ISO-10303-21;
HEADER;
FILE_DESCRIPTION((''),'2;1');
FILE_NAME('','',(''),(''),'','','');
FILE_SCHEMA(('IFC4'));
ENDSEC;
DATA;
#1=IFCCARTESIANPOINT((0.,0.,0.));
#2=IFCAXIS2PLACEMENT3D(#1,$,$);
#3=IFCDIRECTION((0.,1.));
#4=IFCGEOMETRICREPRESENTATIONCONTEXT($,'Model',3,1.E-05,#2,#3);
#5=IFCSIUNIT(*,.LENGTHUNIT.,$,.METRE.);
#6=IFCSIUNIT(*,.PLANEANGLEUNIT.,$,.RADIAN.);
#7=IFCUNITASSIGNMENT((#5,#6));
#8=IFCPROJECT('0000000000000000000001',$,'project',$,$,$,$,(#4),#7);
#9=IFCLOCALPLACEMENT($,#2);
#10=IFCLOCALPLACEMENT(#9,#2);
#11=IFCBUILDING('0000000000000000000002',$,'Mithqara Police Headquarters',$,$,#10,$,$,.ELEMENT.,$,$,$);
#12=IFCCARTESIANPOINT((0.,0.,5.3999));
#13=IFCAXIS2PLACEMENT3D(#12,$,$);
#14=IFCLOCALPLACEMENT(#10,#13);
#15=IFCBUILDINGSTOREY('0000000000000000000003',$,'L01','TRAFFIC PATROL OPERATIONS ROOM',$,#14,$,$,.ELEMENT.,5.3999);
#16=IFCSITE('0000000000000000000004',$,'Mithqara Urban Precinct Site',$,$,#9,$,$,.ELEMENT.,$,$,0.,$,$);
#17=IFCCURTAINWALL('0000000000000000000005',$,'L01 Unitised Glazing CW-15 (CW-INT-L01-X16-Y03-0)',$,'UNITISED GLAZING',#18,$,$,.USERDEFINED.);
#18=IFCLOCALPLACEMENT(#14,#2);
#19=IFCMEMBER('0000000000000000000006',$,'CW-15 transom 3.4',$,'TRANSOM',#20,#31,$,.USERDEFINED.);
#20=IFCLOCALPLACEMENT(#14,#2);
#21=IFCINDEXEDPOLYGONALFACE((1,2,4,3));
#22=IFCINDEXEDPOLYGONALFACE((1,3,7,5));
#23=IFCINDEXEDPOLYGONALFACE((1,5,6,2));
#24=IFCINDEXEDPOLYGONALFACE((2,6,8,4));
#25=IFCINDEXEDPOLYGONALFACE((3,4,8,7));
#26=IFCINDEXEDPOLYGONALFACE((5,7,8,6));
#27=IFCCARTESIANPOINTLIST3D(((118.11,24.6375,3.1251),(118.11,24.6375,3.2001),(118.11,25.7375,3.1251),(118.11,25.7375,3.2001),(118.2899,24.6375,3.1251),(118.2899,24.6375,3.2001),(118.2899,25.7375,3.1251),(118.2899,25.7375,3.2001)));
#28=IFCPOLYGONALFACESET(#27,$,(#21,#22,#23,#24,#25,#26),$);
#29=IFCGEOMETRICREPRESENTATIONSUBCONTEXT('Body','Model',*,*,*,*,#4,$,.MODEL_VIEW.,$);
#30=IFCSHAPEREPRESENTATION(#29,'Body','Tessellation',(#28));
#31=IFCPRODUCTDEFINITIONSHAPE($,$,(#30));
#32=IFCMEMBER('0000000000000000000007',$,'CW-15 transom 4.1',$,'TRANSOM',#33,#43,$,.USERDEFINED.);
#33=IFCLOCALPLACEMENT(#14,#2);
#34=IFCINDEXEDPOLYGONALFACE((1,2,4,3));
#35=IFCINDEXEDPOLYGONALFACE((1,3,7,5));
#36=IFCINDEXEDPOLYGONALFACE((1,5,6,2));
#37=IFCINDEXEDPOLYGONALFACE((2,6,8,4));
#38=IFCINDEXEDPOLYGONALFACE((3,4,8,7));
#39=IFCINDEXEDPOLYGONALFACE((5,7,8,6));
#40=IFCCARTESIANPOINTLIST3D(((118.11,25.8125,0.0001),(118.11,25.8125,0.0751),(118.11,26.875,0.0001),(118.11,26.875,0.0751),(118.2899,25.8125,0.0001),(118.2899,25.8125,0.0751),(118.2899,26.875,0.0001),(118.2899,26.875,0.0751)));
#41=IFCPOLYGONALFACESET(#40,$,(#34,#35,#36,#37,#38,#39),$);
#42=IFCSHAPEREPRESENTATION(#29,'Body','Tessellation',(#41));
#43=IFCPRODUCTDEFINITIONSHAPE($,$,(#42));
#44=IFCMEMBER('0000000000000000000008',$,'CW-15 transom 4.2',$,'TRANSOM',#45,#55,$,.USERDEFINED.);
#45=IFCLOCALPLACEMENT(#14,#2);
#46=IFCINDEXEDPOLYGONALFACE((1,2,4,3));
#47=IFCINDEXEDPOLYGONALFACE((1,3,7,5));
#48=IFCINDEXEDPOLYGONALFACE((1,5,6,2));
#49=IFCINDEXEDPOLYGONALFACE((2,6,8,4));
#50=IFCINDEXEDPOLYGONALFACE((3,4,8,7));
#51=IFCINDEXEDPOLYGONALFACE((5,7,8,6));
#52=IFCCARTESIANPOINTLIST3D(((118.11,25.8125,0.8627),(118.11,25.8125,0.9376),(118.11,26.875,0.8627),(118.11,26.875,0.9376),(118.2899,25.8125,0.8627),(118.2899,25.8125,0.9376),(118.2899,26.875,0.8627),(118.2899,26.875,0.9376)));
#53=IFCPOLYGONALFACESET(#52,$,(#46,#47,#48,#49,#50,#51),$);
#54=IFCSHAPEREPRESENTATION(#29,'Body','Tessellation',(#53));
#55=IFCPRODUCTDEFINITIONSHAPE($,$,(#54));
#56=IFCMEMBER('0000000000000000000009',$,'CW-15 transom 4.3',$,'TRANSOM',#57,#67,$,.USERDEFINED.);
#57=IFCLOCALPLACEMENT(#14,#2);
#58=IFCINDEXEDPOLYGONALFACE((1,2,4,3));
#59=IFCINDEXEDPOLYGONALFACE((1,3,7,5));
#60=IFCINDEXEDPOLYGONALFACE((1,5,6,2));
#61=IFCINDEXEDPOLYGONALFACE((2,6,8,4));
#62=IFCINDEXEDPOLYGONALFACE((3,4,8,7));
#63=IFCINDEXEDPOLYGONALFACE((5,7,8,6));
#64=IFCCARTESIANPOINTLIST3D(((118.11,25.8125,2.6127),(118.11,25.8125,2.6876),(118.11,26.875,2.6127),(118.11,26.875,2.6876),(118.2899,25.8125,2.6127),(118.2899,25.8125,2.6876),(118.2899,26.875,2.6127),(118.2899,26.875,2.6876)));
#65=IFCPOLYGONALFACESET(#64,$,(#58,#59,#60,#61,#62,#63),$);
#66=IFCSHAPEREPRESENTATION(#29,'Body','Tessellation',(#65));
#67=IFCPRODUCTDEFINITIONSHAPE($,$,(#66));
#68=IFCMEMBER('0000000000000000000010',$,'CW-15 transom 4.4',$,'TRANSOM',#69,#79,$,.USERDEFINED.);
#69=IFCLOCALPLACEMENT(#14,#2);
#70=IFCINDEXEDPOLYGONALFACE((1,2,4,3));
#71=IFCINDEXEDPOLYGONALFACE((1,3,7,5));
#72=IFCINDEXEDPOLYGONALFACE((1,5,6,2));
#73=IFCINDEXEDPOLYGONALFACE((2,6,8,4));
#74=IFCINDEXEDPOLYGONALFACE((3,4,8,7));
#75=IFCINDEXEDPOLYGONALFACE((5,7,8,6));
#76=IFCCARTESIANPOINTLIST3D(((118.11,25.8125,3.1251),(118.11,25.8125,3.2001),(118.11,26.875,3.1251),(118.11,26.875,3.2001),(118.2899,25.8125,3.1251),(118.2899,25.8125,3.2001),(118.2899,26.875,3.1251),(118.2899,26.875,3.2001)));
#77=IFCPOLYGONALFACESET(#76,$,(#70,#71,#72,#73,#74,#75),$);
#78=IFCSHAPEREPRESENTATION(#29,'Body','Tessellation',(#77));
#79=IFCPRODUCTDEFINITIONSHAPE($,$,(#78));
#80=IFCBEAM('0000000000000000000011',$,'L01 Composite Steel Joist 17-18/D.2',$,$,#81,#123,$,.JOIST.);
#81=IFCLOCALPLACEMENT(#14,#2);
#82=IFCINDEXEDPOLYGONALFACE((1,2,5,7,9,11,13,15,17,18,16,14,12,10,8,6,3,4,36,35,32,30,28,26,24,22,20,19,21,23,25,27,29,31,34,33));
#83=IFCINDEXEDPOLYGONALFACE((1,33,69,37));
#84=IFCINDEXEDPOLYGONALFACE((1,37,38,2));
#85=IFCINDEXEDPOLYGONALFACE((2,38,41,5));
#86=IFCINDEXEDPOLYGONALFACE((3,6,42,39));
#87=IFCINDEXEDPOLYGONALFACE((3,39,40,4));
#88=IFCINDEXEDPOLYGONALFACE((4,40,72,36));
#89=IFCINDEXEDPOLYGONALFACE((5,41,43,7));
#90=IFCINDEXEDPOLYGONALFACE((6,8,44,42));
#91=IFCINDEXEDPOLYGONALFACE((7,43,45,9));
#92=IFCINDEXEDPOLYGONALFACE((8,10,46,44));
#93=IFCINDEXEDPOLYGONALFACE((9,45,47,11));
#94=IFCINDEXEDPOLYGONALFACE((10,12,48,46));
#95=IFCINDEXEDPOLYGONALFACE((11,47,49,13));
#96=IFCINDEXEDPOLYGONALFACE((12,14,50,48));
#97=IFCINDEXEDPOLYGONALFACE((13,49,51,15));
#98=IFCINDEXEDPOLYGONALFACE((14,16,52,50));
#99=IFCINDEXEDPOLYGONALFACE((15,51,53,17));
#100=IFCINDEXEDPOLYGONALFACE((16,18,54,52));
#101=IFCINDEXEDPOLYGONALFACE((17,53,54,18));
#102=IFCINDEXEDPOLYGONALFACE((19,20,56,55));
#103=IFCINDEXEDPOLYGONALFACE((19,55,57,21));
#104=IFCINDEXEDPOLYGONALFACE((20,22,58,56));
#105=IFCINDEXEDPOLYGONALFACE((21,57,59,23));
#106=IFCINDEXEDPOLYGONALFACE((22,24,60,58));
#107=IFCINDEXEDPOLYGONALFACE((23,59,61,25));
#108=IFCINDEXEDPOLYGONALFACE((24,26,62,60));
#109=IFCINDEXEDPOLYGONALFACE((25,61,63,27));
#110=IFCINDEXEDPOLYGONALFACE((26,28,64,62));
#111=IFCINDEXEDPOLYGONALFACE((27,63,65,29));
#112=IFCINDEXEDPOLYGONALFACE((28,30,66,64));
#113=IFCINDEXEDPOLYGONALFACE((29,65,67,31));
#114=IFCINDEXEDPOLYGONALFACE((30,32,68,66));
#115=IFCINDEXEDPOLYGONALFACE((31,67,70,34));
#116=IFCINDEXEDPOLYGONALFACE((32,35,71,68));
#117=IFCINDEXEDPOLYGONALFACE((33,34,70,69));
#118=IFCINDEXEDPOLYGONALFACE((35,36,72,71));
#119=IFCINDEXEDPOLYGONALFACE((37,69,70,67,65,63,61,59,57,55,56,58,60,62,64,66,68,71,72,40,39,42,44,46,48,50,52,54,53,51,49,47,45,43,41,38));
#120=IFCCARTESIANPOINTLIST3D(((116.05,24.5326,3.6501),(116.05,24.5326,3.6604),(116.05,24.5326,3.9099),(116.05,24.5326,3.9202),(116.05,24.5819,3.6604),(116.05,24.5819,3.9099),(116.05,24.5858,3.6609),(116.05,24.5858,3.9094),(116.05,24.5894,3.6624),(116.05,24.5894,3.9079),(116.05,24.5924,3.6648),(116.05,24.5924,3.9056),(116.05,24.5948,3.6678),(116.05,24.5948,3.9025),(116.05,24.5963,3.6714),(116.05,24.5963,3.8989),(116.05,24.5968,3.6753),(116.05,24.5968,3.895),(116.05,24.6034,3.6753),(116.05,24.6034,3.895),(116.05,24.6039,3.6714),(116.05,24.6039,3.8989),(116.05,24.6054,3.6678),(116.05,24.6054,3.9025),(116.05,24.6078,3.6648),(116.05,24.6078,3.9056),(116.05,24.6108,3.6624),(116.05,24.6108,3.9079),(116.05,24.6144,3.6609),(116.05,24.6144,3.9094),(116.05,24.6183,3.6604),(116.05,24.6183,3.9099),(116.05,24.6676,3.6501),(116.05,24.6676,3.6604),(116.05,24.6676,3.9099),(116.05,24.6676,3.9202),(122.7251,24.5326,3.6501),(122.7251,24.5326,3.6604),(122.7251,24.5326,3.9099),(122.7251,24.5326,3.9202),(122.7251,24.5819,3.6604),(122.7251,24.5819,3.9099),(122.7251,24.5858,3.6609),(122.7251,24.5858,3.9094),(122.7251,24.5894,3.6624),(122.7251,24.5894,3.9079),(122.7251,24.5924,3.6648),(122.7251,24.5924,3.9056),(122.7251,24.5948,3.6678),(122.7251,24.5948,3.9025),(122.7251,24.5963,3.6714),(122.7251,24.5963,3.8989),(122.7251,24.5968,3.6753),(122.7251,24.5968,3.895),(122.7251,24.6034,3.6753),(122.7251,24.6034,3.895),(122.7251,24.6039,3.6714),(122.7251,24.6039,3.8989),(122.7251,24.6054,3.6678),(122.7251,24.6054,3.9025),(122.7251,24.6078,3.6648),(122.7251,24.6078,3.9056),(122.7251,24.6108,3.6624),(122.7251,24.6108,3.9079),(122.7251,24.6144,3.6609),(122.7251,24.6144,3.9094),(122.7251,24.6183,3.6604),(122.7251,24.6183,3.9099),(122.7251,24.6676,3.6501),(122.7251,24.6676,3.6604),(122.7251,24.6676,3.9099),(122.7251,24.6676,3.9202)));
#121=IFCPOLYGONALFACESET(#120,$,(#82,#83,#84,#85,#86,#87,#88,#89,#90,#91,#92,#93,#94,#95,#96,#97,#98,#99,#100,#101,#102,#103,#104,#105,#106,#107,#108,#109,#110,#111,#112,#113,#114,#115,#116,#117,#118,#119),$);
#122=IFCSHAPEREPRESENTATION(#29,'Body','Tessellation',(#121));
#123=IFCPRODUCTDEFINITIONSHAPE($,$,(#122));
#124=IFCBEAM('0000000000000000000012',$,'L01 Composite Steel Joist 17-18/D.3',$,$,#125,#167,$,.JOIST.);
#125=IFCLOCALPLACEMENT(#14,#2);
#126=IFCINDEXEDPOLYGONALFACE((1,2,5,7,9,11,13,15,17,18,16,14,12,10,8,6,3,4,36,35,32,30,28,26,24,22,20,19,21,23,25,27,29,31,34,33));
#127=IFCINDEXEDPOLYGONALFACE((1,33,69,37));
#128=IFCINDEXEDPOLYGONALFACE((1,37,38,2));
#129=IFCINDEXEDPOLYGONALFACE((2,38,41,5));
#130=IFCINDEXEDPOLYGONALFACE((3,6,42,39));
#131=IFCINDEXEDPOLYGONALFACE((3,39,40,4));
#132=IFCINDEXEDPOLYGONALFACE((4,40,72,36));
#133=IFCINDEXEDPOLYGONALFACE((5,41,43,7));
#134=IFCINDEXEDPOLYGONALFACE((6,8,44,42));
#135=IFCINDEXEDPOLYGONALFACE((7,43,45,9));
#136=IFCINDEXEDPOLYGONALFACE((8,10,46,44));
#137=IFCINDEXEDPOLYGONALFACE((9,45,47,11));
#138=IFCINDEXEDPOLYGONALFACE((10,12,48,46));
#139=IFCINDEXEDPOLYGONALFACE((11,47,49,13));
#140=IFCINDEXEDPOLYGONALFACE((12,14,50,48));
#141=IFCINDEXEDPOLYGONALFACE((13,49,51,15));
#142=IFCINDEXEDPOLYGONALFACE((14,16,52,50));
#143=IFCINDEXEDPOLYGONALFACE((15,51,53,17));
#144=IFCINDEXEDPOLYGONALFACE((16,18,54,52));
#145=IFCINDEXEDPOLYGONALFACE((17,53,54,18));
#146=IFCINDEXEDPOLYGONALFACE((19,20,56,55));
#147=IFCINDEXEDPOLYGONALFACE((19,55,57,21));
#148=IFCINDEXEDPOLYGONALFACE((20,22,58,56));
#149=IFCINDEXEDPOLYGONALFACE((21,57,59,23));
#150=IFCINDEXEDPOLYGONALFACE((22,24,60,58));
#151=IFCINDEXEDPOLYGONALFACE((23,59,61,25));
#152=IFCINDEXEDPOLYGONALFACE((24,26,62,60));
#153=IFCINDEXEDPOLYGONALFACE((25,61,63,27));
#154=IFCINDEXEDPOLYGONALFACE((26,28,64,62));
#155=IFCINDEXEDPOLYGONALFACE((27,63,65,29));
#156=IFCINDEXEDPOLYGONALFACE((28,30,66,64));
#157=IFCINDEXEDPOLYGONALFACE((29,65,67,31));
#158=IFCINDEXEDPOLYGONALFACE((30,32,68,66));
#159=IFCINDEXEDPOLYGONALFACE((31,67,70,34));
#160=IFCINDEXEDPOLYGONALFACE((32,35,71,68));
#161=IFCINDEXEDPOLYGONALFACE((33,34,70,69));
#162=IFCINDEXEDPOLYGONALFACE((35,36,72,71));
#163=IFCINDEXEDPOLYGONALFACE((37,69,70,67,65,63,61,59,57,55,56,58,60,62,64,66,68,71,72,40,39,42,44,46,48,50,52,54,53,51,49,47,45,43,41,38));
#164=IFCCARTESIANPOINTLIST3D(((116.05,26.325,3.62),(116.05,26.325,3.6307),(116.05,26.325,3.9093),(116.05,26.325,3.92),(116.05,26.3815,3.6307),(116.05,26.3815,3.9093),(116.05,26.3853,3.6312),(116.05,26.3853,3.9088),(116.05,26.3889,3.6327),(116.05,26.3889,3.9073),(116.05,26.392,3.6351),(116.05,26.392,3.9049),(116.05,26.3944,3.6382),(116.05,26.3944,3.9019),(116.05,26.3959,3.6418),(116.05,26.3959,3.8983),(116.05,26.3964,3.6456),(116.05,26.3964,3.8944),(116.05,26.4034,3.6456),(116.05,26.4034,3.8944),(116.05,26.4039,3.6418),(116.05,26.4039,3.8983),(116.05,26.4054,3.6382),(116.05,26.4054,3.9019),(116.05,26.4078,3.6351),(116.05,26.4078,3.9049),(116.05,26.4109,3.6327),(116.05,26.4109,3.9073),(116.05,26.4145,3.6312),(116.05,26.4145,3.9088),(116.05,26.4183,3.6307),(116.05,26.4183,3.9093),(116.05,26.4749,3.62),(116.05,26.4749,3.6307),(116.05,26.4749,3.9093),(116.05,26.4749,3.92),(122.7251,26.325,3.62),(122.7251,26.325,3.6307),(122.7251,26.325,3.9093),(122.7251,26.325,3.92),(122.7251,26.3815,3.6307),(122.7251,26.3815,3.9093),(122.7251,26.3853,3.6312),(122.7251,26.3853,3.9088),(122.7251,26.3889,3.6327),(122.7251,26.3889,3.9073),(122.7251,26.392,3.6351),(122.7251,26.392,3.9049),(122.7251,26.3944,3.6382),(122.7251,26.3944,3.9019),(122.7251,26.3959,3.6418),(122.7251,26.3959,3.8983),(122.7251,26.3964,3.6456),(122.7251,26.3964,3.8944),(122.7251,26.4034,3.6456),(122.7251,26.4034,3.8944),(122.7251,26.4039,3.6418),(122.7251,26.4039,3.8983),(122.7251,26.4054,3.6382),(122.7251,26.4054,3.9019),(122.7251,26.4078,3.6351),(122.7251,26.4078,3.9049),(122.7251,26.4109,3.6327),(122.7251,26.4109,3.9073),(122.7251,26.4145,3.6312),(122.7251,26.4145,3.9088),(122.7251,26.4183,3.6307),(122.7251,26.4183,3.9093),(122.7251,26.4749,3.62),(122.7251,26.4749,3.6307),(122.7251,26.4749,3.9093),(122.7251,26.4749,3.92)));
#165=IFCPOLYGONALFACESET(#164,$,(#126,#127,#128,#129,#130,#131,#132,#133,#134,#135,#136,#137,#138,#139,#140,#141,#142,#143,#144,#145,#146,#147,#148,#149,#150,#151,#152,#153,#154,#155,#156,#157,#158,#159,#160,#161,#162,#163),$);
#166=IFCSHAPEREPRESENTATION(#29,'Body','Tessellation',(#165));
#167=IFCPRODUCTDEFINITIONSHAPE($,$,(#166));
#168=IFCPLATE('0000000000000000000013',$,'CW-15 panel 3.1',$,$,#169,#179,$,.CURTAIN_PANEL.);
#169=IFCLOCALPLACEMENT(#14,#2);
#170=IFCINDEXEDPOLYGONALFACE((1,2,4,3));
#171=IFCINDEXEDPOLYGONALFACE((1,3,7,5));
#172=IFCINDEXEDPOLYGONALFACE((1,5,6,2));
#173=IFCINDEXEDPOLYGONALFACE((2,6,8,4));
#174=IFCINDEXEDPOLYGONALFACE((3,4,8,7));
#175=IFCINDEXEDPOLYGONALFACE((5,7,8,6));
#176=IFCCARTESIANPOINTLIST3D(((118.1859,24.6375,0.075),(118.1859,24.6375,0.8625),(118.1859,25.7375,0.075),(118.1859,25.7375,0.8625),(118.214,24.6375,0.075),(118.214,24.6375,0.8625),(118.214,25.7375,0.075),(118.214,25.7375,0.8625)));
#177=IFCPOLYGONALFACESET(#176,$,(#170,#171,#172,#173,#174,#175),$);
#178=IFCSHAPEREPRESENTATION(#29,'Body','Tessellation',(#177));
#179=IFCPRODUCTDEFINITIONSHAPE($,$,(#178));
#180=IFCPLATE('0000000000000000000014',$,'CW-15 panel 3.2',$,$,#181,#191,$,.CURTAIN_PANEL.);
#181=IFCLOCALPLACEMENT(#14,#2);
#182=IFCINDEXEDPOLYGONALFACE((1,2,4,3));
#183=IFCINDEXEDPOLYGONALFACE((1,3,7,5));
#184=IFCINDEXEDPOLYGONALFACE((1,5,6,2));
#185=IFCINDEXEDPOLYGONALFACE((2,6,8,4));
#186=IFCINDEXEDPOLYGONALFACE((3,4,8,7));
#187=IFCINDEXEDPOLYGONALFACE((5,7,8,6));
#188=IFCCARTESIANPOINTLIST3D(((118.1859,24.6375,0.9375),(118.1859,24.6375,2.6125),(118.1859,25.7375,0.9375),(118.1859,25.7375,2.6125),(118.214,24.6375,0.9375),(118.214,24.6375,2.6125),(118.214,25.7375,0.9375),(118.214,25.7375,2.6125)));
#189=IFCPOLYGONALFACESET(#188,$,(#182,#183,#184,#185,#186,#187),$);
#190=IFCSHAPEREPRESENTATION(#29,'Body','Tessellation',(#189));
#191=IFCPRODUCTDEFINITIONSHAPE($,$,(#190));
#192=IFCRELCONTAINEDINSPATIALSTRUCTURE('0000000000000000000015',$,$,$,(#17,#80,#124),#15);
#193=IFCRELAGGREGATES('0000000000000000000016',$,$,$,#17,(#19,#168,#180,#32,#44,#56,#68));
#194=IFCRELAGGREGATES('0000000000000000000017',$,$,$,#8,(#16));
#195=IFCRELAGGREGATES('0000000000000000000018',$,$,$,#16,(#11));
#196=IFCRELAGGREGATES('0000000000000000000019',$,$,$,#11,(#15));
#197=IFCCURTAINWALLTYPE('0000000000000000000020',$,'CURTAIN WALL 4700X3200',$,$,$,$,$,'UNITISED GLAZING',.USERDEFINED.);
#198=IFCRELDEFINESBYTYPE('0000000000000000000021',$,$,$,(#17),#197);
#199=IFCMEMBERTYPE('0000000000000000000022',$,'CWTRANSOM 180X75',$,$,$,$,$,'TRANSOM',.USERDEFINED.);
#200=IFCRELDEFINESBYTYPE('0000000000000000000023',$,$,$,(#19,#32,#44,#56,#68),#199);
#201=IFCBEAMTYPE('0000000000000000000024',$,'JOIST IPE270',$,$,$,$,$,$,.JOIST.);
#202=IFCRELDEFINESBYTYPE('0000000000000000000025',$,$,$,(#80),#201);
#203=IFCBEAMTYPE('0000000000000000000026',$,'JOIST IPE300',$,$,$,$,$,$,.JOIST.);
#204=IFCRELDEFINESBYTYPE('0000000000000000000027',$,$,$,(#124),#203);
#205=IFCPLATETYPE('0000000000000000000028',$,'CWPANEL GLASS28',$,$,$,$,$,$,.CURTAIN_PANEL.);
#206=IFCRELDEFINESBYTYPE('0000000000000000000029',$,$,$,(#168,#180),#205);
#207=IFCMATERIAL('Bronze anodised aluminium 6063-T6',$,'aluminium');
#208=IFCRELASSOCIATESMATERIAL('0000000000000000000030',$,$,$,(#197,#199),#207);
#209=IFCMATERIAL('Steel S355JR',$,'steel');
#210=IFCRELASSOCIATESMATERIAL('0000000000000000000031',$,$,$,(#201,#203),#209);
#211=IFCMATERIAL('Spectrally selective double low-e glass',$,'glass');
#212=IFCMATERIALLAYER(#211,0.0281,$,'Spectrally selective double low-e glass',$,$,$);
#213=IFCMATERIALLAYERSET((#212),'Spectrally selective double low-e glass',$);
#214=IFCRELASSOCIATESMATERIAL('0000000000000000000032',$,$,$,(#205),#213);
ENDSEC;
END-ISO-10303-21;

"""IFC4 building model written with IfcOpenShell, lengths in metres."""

from ifc_helpers import new_model, si_unit, direction, frame, origin, origin_2d, place, context, subcontext, project, spatial, rectangle, i_section, extrude, material, layer, layer_set, material_profile, profile_set, type_object, element, aggregate, save


model = new_model("IFC4")

# Units and contexts
model_context = context("Model", 3, precision=1e-05, world=origin(), true_north=direction((0.0, 1.0)))
body_context = subcontext(model_context, "Body", "Model", "MODEL_VIEW")
ifc_project = project(units=[si_unit("LENGTHUNIT", "METRE"), si_unit("PLANEANGLEUNIT", "RADIAN")], contexts=[model_context])

# Site, building, storey
site_placement = place(None, origin())
site = spatial("IfcSite", under=ifc_project, at=site_placement, Name="Mithqara Urban Precinct Site", CompositionType="ELEMENT", RefElevation=0.0)
building_placement = place(site_placement, origin())
building = spatial("IfcBuilding", under=site, at=building_placement, Name="Mithqara Police Headquarters", CompositionType="ELEMENT")
storey_placement = place(building_placement, frame((0.0, 0.0, 5.3999)))
storey = spatial("IfcBuildingStorey", under=building, at=storey_placement, Name="L01", Description="TRAFFIC PATROL OPERATIONS ROOM", CompositionType="ELEMENT", Elevation=5.3999)

# Shared definitions
ifc_material_1 = material(Name="Steel S355JR", Category="steel")

# Curtain wall, members
ifc_material_2 = material(Name="Bronze anodised aluminium 6063-T6", Category="aluminium")
curtain_wall_type = type_object("IfcCurtainWallType", Name="CURTAIN WALL 4700X3200", ElementType="UNITISED GLAZING", PredefinedType="USERDEFINED", material=ifc_material_2)
curtain_wall_placement = place(storey_placement, origin())
curtain_wall = element("IfcCurtainWall", 1, at=curtain_wall_placement, inside=storey, type_object=curtain_wall_type, Name="L01 Unitised Glazing CW-15 (CW-INT-L01-X16-Y03-0)", ObjectType="UNITISED GLAZING", PredefinedType="USERDEFINED")
ifc_material_profile_1 = material_profile(ifc_material_2, rectangle(XDim=0.1799, YDim=0.075, at=origin_2d()), Name="CWT 180x75")
ifc_profile_set_1 = profile_set([ifc_material_profile_1], Name="Bronze anodised aluminium 6063-T6")
member_type_1 = type_object("IfcMemberType", Name="CWTRANSOM 180X75", ElementType="TRANSOM", PredefinedType="USERDEFINED", material=ifc_profile_set_1)
member_1_placement = place(storey_placement, frame((118.2, 24.6375, 3.1626), z_axis=(0.0, 1.0, 0.0), x_axis=(-1.0, 0.0, 0.0)))
member_1 = element("IfcMember", 2, at=member_1_placement, type_object=member_type_1, Name="CW-15 transom 3.4", ObjectType="TRANSOM", PredefinedType="USERDEFINED", context=body_context, shape_type="SweptSolid", body=[
    extrude(rectangle(XDim=0.1799, YDim=0.075, at=origin_2d()), origin(), (0.0, 0.0, 1.0), 1.1001),
])
member_2_placement = place(storey_placement, frame((118.2, 25.8125, 0.0376), z_axis=(0.0, 1.0, 0.0), x_axis=(-1.0, 0.0, 0.0)))
member_2 = element("IfcMember", 3, at=member_2_placement, type_object=member_type_1, Name="CW-15 transom 4.1", ObjectType="TRANSOM", PredefinedType="USERDEFINED", context=body_context, shape_type="SweptSolid", body=[
    extrude(rectangle(XDim=0.1799, YDim=0.075, at=origin_2d()), origin(), (0.0, 0.0, 1.0), 1.0625),
])
member_3_placement = place(storey_placement, frame((118.2, 25.8125, 0.9001), z_axis=(0.0, 1.0, 0.0), x_axis=(-1.0, 0.0, 0.0)))
member_3 = element("IfcMember", 4, at=member_3_placement, type_object=member_type_1, Name="CW-15 transom 4.2", ObjectType="TRANSOM", PredefinedType="USERDEFINED", context=body_context, shape_type="SweptSolid", body=[
    extrude(rectangle(XDim=0.1799, YDim=0.075, at=origin_2d()), origin(), (0.0, 0.0, 1.0), 1.0625),
])
member_4_placement = place(storey_placement, frame((118.2, 25.8125, 2.6501), z_axis=(0.0, 1.0, 0.0), x_axis=(-1.0, 0.0, 0.0)))
member_4 = element("IfcMember", 5, at=member_4_placement, type_object=member_type_1, Name="CW-15 transom 4.3", ObjectType="TRANSOM", PredefinedType="USERDEFINED", context=body_context, shape_type="SweptSolid", body=[
    extrude(rectangle(XDim=0.1799, YDim=0.075, at=origin_2d()), origin(), (0.0, 0.0, 1.0), 1.0625),
])
member_5_placement = place(storey_placement, frame((118.2, 25.8125, 3.1626), z_axis=(0.0, 1.0, 0.0), x_axis=(-1.0, 0.0, 0.0)))
member_5 = element("IfcMember", 6, at=member_5_placement, type_object=member_type_1, Name="CW-15 transom 4.4", ObjectType="TRANSOM", PredefinedType="USERDEFINED", context=body_context, shape_type="SweptSolid", body=[
    extrude(rectangle(XDim=0.1799, YDim=0.075, at=origin_2d()), origin(), (0.0, 0.0, 1.0), 1.0625),
])

# Beams
ifc_material_profile_2 = material_profile(ifc_material_1, i_section(OverallWidth=0.135, OverallDepth=0.27, WebThickness=0.0066, FlangeThickness=0.0103, FilletRadius=0.0149, at=origin_2d()), Name="IPE 270")
ifc_profile_set_2 = profile_set([ifc_material_profile_2], Name="Steel S355JR")
beam_type_1 = type_object("IfcBeamType", Name="JOIST IPE270", PredefinedType="JOIST", material=ifc_profile_set_2)
beam_1_placement = place(storey_placement, frame((116.05, 24.6001, 3.7852), z_axis=(1.0, 0.0, 0.0), x_axis=(0.0, 1.0, 0.0)))
element("IfcBeam", 7, at=beam_1_placement, inside=storey, type_object=beam_type_1, Name="L01 Composite Steel Joist 17-18/D.2", PredefinedType="JOIST", context=body_context, shape_type="SweptSolid", body=[
    extrude(i_section(OverallWidth=0.135, OverallDepth=0.27, WebThickness=0.0066, FlangeThickness=0.0103, FilletRadius=0.0149, at=origin_2d()), origin(), (0.0, 0.0, 1.0), 6.675),
])
ifc_material_profile_3 = material_profile(ifc_material_1, i_section(OverallWidth=0.1499, OverallDepth=0.3, WebThickness=0.0071, FlangeThickness=0.0107, FilletRadius=0.0149, at=origin_2d()), Name="IPE 300")
ifc_profile_set_3 = profile_set([ifc_material_profile_3], Name="Steel S355JR")
beam_type_2 = type_object("IfcBeamType", Name="JOIST IPE300", PredefinedType="JOIST", material=ifc_profile_set_3)
beam_2_placement = place(storey_placement, frame((116.05, 26.3999, 3.77), z_axis=(1.0, 0.0, 0.0), x_axis=(0.0, 1.0, 0.0)))
element("IfcBeam", 8, at=beam_2_placement, inside=storey, type_object=beam_type_2, Name="L01 Composite Steel Joist 17-18/D.3", PredefinedType="JOIST", context=body_context, shape_type="SweptSolid", body=[
    extrude(i_section(OverallWidth=0.1499, OverallDepth=0.3, WebThickness=0.0071, FlangeThickness=0.0107, FilletRadius=0.0149, at=origin_2d()), origin(), (0.0, 0.0, 1.0), 6.675),
])

# Plates
ifc_material_3 = material(Name="Spectrally selective double low-e glass", Category="glass")
ifc_layer = layer(ifc_material_3, 0.0281, Name="Spectrally selective double low-e glass")
ifc_layer_set = layer_set([ifc_layer], Name="Spectrally selective double low-e glass")
plate_type = type_object("IfcPlateType", Name="CWPANEL GLASS28", PredefinedType="CURTAIN_PANEL", material=ifc_layer_set)
plate_1_placement = place(storey_placement, frame((118.2, 25.1875, 0.075), z_axis=(0.0, 0.0, 1.0), x_axis=(0.0, 1.0, 0.0)))
plate_1 = element("IfcPlate", 9, at=plate_1_placement, type_object=plate_type, Name="CW-15 panel 3.1", PredefinedType="CURTAIN_PANEL", context=body_context, shape_type="SweptSolid", body=[
    extrude(rectangle(XDim=1.1001, YDim=0.0281, at=origin_2d()), origin(), (0.0, 0.0, 1.0), 0.7876),
])
plate_2_placement = place(storey_placement, frame((118.2, 25.1875, 0.9375), z_axis=(0.0, 0.0, 1.0), x_axis=(0.0, 1.0, 0.0)))
plate_2 = element("IfcPlate", 10, at=plate_2_placement, type_object=plate_type, Name="CW-15 panel 3.2", PredefinedType="CURTAIN_PANEL", context=body_context, shape_type="SweptSolid", body=[
    extrude(rectangle(XDim=1.1001, YDim=0.0281, at=origin_2d()), origin(), (0.0, 0.0, 1.0), 1.675),
])
aggregate(curtain_wall, [member_1, plate_1, plate_2, member_2, member_3, member_4, member_5])

save(model, "model.ifc")
